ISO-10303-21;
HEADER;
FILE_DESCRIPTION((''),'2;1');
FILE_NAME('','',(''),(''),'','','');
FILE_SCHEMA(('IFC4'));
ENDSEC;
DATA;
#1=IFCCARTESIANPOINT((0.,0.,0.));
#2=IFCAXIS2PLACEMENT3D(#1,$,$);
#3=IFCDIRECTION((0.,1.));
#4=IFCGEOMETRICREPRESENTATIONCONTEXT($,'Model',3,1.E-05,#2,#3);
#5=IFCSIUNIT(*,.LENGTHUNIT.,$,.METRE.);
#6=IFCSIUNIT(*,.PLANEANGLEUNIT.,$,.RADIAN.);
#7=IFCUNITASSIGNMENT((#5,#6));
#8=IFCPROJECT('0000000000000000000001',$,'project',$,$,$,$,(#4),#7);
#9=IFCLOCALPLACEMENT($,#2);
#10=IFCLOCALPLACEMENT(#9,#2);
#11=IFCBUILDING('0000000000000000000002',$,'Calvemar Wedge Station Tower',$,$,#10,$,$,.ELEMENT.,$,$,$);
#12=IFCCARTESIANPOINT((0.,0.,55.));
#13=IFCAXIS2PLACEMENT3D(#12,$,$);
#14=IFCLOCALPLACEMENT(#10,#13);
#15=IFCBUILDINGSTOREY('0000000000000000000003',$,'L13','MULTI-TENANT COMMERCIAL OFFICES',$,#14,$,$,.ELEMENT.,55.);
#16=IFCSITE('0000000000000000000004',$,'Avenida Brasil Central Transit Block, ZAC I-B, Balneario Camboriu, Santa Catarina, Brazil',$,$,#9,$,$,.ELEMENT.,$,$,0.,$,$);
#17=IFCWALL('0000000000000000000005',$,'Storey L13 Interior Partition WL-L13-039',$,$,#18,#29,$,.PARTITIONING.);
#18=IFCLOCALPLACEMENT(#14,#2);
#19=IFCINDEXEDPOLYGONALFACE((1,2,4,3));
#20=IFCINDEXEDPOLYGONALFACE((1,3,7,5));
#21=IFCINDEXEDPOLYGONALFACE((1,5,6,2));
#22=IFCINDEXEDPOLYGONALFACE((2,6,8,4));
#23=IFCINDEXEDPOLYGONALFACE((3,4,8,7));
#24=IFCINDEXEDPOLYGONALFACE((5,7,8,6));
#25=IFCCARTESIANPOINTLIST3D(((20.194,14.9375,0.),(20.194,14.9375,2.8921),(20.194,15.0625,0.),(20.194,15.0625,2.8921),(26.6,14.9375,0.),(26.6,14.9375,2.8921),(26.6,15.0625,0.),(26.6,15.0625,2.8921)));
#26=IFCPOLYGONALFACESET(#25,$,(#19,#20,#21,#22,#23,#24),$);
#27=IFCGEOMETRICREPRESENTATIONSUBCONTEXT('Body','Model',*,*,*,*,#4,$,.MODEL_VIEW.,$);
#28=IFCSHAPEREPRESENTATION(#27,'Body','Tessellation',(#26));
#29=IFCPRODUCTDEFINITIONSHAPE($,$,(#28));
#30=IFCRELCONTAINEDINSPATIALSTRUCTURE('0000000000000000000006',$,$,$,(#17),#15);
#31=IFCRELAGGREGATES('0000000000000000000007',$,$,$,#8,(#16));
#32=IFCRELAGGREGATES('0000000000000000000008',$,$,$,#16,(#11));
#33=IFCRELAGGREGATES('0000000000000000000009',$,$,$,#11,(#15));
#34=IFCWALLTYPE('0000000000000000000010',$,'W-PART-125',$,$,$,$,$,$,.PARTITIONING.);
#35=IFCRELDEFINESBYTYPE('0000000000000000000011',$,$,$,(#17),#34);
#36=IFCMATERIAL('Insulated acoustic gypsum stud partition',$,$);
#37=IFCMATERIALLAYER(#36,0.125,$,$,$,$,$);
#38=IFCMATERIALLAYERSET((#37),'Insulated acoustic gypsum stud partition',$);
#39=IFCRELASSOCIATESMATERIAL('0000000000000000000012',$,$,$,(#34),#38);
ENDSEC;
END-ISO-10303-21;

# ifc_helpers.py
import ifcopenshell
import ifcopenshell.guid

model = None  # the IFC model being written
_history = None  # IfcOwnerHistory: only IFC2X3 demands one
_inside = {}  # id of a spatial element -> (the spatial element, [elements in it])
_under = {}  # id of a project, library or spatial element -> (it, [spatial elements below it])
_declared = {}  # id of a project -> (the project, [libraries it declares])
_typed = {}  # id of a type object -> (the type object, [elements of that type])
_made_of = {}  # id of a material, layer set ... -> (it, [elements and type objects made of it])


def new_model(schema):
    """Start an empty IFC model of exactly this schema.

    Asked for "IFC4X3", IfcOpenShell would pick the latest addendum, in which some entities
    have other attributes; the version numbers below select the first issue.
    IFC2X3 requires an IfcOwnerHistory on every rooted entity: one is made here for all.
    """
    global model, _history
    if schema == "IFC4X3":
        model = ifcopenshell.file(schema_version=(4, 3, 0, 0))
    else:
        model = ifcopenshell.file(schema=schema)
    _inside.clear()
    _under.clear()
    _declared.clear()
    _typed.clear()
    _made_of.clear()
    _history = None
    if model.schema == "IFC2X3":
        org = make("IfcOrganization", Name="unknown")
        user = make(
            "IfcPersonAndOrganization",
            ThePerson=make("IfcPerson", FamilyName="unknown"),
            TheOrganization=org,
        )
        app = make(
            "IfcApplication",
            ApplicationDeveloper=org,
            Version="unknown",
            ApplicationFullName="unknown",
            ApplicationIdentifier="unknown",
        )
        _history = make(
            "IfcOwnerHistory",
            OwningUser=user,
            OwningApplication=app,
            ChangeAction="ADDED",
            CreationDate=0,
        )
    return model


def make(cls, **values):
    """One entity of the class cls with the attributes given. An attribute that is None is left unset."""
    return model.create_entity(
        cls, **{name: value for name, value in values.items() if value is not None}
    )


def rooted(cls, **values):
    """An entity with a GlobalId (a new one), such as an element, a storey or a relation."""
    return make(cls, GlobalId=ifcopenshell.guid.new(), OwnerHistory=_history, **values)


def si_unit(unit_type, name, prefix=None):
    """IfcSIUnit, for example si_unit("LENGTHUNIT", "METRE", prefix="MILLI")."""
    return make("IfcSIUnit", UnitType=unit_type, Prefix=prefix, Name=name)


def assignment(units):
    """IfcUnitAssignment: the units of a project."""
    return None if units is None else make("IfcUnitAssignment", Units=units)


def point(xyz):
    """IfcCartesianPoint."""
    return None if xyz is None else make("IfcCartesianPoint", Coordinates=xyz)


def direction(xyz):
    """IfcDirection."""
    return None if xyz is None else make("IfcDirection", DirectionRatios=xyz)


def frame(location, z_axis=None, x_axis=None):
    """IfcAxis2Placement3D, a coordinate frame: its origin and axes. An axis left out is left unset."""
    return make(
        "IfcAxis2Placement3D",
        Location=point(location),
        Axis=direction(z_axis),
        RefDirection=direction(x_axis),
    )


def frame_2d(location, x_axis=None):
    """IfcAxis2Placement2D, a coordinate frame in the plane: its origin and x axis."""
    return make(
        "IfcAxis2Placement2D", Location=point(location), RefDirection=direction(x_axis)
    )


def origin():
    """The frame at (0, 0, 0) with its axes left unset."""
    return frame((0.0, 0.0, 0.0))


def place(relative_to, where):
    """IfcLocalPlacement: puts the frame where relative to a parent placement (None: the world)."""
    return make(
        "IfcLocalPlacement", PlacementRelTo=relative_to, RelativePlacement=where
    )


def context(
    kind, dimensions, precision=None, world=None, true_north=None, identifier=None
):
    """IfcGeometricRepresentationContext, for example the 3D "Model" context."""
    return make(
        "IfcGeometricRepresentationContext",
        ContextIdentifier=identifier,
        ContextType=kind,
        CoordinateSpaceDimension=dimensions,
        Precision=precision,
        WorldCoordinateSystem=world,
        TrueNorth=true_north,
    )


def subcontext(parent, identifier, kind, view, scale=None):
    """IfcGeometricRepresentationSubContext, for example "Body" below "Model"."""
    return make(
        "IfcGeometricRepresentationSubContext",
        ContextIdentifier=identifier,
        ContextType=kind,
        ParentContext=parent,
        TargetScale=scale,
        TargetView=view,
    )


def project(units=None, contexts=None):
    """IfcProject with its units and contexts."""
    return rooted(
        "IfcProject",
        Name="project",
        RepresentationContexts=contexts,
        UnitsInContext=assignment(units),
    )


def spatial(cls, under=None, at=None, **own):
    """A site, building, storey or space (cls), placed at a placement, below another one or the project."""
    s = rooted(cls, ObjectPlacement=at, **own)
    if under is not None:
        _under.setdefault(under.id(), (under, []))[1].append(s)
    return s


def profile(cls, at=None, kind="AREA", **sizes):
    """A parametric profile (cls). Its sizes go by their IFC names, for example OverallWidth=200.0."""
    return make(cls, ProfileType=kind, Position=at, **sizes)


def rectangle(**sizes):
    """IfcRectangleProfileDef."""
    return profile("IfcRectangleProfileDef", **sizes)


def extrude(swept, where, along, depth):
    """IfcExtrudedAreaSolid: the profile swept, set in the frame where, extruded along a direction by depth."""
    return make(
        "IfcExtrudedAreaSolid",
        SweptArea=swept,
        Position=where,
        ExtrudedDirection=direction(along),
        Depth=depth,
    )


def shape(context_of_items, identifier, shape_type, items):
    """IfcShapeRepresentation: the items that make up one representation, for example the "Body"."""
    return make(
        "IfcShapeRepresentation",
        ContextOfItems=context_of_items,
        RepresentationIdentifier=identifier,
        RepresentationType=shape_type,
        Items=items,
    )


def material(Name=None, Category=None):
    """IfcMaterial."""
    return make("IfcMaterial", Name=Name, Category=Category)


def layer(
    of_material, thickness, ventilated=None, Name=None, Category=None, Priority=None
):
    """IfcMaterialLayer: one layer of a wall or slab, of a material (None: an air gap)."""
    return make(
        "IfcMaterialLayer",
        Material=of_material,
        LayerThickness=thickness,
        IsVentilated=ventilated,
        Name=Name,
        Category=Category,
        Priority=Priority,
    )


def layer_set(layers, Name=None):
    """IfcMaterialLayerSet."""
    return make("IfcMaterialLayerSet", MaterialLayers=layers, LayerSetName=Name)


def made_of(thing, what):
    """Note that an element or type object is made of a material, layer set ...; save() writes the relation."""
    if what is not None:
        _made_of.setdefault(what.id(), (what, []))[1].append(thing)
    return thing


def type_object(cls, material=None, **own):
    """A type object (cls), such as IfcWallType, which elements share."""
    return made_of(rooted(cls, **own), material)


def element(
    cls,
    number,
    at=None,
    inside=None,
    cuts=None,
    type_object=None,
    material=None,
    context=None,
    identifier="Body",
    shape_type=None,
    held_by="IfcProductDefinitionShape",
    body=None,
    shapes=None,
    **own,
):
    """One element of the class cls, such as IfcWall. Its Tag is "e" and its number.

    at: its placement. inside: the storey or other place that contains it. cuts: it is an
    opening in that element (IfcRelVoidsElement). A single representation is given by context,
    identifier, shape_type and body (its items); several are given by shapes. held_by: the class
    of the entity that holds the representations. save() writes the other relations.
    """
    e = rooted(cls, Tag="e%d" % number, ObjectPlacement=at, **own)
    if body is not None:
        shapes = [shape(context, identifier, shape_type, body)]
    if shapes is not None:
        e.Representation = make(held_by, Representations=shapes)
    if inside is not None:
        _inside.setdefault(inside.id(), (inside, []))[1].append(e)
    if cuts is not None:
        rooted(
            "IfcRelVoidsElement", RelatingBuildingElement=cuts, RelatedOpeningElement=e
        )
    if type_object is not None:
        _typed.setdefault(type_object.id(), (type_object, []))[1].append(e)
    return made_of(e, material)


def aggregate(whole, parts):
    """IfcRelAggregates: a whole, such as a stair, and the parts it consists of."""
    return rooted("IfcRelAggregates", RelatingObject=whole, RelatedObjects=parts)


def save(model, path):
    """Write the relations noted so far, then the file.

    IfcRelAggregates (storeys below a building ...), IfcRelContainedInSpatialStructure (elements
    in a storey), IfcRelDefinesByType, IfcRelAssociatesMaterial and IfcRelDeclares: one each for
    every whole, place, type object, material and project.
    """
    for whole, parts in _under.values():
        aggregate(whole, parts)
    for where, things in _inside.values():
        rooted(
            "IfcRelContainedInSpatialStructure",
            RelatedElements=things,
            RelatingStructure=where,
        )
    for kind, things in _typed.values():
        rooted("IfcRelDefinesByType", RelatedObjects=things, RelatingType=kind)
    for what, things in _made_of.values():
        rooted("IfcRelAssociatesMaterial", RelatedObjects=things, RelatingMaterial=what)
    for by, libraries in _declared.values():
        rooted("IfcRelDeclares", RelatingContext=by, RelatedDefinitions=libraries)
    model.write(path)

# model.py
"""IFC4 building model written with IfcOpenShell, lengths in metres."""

from ifc_helpers import new_model, si_unit, direction, frame, frame_2d, origin, place, context, subcontext, project, spatial, rectangle, extrude, material, layer, layer_set, type_object, element, save


model = new_model("IFC4")

# Units and contexts
model_context = context("Model", 3, precision=1e-05, world=origin(), true_north=direction((0.0, 1.0)))
body_context = subcontext(model_context, "Body", "Model", "MODEL_VIEW")
ifc_project = project(units=[si_unit("LENGTHUNIT", "METRE"), si_unit("PLANEANGLEUNIT", "RADIAN")], contexts=[model_context])

# Site, building, storey
site_placement = place(None, origin())
site = spatial("IfcSite", under=ifc_project, at=site_placement, Name="Avenida Brasil Central Transit Block, ZAC I-B, Balneario Camboriu, Santa Catarina, Brazil", CompositionType="ELEMENT", RefElevation=0.0)
building_placement = place(site_placement, origin())
building = spatial("IfcBuilding", under=site, at=building_placement, Name="Calvemar Wedge Station Tower", CompositionType="ELEMENT")
storey_placement = place(building_placement, frame((0.0, 0.0, 55.0)))
storey = spatial("IfcBuildingStorey", under=building, at=storey_placement, Name="L13", Description="MULTI-TENANT COMMERCIAL OFFICES", CompositionType="ELEMENT", Elevation=55.0)

# Wall
ifc_material_1 = material(Name="Insulated acoustic gypsum stud partition")
ifc_layer_1 = layer(ifc_material_1, 0.125)
ifc_layer_set_1 = layer_set([ifc_layer_1], Name="Insulated acoustic gypsum stud partition")
wall_type_1 = type_object("IfcWallType", Name="W-PART-125", PredefinedType="PARTITIONING", material=ifc_layer_set_1)
for number, where, z_axis, x_axis, name in (
    (1, (26.6001, 15.0, 0.0), (0.0, 0.0, 1.0), (-1.0, 0.0, 0.0), "Storey L13 Interior Partition WL-L13-039"),
):
    element("IfcWall", number, at=place(storey_placement, frame(where, z_axis=z_axis, x_axis=x_axis)), inside=storey, type_object=wall_type_1, Name=name, PredefinedType="PARTITIONING", context=body_context, shape_type="SweptSolid", body=[
        extrude(rectangle(XDim=6.406, YDim=0.125, at=frame_2d((3.2031, 0.0))), origin(), (0.0, 0.0, 1.0), 2.8921),
    ])

save(model, "model.ifc")
